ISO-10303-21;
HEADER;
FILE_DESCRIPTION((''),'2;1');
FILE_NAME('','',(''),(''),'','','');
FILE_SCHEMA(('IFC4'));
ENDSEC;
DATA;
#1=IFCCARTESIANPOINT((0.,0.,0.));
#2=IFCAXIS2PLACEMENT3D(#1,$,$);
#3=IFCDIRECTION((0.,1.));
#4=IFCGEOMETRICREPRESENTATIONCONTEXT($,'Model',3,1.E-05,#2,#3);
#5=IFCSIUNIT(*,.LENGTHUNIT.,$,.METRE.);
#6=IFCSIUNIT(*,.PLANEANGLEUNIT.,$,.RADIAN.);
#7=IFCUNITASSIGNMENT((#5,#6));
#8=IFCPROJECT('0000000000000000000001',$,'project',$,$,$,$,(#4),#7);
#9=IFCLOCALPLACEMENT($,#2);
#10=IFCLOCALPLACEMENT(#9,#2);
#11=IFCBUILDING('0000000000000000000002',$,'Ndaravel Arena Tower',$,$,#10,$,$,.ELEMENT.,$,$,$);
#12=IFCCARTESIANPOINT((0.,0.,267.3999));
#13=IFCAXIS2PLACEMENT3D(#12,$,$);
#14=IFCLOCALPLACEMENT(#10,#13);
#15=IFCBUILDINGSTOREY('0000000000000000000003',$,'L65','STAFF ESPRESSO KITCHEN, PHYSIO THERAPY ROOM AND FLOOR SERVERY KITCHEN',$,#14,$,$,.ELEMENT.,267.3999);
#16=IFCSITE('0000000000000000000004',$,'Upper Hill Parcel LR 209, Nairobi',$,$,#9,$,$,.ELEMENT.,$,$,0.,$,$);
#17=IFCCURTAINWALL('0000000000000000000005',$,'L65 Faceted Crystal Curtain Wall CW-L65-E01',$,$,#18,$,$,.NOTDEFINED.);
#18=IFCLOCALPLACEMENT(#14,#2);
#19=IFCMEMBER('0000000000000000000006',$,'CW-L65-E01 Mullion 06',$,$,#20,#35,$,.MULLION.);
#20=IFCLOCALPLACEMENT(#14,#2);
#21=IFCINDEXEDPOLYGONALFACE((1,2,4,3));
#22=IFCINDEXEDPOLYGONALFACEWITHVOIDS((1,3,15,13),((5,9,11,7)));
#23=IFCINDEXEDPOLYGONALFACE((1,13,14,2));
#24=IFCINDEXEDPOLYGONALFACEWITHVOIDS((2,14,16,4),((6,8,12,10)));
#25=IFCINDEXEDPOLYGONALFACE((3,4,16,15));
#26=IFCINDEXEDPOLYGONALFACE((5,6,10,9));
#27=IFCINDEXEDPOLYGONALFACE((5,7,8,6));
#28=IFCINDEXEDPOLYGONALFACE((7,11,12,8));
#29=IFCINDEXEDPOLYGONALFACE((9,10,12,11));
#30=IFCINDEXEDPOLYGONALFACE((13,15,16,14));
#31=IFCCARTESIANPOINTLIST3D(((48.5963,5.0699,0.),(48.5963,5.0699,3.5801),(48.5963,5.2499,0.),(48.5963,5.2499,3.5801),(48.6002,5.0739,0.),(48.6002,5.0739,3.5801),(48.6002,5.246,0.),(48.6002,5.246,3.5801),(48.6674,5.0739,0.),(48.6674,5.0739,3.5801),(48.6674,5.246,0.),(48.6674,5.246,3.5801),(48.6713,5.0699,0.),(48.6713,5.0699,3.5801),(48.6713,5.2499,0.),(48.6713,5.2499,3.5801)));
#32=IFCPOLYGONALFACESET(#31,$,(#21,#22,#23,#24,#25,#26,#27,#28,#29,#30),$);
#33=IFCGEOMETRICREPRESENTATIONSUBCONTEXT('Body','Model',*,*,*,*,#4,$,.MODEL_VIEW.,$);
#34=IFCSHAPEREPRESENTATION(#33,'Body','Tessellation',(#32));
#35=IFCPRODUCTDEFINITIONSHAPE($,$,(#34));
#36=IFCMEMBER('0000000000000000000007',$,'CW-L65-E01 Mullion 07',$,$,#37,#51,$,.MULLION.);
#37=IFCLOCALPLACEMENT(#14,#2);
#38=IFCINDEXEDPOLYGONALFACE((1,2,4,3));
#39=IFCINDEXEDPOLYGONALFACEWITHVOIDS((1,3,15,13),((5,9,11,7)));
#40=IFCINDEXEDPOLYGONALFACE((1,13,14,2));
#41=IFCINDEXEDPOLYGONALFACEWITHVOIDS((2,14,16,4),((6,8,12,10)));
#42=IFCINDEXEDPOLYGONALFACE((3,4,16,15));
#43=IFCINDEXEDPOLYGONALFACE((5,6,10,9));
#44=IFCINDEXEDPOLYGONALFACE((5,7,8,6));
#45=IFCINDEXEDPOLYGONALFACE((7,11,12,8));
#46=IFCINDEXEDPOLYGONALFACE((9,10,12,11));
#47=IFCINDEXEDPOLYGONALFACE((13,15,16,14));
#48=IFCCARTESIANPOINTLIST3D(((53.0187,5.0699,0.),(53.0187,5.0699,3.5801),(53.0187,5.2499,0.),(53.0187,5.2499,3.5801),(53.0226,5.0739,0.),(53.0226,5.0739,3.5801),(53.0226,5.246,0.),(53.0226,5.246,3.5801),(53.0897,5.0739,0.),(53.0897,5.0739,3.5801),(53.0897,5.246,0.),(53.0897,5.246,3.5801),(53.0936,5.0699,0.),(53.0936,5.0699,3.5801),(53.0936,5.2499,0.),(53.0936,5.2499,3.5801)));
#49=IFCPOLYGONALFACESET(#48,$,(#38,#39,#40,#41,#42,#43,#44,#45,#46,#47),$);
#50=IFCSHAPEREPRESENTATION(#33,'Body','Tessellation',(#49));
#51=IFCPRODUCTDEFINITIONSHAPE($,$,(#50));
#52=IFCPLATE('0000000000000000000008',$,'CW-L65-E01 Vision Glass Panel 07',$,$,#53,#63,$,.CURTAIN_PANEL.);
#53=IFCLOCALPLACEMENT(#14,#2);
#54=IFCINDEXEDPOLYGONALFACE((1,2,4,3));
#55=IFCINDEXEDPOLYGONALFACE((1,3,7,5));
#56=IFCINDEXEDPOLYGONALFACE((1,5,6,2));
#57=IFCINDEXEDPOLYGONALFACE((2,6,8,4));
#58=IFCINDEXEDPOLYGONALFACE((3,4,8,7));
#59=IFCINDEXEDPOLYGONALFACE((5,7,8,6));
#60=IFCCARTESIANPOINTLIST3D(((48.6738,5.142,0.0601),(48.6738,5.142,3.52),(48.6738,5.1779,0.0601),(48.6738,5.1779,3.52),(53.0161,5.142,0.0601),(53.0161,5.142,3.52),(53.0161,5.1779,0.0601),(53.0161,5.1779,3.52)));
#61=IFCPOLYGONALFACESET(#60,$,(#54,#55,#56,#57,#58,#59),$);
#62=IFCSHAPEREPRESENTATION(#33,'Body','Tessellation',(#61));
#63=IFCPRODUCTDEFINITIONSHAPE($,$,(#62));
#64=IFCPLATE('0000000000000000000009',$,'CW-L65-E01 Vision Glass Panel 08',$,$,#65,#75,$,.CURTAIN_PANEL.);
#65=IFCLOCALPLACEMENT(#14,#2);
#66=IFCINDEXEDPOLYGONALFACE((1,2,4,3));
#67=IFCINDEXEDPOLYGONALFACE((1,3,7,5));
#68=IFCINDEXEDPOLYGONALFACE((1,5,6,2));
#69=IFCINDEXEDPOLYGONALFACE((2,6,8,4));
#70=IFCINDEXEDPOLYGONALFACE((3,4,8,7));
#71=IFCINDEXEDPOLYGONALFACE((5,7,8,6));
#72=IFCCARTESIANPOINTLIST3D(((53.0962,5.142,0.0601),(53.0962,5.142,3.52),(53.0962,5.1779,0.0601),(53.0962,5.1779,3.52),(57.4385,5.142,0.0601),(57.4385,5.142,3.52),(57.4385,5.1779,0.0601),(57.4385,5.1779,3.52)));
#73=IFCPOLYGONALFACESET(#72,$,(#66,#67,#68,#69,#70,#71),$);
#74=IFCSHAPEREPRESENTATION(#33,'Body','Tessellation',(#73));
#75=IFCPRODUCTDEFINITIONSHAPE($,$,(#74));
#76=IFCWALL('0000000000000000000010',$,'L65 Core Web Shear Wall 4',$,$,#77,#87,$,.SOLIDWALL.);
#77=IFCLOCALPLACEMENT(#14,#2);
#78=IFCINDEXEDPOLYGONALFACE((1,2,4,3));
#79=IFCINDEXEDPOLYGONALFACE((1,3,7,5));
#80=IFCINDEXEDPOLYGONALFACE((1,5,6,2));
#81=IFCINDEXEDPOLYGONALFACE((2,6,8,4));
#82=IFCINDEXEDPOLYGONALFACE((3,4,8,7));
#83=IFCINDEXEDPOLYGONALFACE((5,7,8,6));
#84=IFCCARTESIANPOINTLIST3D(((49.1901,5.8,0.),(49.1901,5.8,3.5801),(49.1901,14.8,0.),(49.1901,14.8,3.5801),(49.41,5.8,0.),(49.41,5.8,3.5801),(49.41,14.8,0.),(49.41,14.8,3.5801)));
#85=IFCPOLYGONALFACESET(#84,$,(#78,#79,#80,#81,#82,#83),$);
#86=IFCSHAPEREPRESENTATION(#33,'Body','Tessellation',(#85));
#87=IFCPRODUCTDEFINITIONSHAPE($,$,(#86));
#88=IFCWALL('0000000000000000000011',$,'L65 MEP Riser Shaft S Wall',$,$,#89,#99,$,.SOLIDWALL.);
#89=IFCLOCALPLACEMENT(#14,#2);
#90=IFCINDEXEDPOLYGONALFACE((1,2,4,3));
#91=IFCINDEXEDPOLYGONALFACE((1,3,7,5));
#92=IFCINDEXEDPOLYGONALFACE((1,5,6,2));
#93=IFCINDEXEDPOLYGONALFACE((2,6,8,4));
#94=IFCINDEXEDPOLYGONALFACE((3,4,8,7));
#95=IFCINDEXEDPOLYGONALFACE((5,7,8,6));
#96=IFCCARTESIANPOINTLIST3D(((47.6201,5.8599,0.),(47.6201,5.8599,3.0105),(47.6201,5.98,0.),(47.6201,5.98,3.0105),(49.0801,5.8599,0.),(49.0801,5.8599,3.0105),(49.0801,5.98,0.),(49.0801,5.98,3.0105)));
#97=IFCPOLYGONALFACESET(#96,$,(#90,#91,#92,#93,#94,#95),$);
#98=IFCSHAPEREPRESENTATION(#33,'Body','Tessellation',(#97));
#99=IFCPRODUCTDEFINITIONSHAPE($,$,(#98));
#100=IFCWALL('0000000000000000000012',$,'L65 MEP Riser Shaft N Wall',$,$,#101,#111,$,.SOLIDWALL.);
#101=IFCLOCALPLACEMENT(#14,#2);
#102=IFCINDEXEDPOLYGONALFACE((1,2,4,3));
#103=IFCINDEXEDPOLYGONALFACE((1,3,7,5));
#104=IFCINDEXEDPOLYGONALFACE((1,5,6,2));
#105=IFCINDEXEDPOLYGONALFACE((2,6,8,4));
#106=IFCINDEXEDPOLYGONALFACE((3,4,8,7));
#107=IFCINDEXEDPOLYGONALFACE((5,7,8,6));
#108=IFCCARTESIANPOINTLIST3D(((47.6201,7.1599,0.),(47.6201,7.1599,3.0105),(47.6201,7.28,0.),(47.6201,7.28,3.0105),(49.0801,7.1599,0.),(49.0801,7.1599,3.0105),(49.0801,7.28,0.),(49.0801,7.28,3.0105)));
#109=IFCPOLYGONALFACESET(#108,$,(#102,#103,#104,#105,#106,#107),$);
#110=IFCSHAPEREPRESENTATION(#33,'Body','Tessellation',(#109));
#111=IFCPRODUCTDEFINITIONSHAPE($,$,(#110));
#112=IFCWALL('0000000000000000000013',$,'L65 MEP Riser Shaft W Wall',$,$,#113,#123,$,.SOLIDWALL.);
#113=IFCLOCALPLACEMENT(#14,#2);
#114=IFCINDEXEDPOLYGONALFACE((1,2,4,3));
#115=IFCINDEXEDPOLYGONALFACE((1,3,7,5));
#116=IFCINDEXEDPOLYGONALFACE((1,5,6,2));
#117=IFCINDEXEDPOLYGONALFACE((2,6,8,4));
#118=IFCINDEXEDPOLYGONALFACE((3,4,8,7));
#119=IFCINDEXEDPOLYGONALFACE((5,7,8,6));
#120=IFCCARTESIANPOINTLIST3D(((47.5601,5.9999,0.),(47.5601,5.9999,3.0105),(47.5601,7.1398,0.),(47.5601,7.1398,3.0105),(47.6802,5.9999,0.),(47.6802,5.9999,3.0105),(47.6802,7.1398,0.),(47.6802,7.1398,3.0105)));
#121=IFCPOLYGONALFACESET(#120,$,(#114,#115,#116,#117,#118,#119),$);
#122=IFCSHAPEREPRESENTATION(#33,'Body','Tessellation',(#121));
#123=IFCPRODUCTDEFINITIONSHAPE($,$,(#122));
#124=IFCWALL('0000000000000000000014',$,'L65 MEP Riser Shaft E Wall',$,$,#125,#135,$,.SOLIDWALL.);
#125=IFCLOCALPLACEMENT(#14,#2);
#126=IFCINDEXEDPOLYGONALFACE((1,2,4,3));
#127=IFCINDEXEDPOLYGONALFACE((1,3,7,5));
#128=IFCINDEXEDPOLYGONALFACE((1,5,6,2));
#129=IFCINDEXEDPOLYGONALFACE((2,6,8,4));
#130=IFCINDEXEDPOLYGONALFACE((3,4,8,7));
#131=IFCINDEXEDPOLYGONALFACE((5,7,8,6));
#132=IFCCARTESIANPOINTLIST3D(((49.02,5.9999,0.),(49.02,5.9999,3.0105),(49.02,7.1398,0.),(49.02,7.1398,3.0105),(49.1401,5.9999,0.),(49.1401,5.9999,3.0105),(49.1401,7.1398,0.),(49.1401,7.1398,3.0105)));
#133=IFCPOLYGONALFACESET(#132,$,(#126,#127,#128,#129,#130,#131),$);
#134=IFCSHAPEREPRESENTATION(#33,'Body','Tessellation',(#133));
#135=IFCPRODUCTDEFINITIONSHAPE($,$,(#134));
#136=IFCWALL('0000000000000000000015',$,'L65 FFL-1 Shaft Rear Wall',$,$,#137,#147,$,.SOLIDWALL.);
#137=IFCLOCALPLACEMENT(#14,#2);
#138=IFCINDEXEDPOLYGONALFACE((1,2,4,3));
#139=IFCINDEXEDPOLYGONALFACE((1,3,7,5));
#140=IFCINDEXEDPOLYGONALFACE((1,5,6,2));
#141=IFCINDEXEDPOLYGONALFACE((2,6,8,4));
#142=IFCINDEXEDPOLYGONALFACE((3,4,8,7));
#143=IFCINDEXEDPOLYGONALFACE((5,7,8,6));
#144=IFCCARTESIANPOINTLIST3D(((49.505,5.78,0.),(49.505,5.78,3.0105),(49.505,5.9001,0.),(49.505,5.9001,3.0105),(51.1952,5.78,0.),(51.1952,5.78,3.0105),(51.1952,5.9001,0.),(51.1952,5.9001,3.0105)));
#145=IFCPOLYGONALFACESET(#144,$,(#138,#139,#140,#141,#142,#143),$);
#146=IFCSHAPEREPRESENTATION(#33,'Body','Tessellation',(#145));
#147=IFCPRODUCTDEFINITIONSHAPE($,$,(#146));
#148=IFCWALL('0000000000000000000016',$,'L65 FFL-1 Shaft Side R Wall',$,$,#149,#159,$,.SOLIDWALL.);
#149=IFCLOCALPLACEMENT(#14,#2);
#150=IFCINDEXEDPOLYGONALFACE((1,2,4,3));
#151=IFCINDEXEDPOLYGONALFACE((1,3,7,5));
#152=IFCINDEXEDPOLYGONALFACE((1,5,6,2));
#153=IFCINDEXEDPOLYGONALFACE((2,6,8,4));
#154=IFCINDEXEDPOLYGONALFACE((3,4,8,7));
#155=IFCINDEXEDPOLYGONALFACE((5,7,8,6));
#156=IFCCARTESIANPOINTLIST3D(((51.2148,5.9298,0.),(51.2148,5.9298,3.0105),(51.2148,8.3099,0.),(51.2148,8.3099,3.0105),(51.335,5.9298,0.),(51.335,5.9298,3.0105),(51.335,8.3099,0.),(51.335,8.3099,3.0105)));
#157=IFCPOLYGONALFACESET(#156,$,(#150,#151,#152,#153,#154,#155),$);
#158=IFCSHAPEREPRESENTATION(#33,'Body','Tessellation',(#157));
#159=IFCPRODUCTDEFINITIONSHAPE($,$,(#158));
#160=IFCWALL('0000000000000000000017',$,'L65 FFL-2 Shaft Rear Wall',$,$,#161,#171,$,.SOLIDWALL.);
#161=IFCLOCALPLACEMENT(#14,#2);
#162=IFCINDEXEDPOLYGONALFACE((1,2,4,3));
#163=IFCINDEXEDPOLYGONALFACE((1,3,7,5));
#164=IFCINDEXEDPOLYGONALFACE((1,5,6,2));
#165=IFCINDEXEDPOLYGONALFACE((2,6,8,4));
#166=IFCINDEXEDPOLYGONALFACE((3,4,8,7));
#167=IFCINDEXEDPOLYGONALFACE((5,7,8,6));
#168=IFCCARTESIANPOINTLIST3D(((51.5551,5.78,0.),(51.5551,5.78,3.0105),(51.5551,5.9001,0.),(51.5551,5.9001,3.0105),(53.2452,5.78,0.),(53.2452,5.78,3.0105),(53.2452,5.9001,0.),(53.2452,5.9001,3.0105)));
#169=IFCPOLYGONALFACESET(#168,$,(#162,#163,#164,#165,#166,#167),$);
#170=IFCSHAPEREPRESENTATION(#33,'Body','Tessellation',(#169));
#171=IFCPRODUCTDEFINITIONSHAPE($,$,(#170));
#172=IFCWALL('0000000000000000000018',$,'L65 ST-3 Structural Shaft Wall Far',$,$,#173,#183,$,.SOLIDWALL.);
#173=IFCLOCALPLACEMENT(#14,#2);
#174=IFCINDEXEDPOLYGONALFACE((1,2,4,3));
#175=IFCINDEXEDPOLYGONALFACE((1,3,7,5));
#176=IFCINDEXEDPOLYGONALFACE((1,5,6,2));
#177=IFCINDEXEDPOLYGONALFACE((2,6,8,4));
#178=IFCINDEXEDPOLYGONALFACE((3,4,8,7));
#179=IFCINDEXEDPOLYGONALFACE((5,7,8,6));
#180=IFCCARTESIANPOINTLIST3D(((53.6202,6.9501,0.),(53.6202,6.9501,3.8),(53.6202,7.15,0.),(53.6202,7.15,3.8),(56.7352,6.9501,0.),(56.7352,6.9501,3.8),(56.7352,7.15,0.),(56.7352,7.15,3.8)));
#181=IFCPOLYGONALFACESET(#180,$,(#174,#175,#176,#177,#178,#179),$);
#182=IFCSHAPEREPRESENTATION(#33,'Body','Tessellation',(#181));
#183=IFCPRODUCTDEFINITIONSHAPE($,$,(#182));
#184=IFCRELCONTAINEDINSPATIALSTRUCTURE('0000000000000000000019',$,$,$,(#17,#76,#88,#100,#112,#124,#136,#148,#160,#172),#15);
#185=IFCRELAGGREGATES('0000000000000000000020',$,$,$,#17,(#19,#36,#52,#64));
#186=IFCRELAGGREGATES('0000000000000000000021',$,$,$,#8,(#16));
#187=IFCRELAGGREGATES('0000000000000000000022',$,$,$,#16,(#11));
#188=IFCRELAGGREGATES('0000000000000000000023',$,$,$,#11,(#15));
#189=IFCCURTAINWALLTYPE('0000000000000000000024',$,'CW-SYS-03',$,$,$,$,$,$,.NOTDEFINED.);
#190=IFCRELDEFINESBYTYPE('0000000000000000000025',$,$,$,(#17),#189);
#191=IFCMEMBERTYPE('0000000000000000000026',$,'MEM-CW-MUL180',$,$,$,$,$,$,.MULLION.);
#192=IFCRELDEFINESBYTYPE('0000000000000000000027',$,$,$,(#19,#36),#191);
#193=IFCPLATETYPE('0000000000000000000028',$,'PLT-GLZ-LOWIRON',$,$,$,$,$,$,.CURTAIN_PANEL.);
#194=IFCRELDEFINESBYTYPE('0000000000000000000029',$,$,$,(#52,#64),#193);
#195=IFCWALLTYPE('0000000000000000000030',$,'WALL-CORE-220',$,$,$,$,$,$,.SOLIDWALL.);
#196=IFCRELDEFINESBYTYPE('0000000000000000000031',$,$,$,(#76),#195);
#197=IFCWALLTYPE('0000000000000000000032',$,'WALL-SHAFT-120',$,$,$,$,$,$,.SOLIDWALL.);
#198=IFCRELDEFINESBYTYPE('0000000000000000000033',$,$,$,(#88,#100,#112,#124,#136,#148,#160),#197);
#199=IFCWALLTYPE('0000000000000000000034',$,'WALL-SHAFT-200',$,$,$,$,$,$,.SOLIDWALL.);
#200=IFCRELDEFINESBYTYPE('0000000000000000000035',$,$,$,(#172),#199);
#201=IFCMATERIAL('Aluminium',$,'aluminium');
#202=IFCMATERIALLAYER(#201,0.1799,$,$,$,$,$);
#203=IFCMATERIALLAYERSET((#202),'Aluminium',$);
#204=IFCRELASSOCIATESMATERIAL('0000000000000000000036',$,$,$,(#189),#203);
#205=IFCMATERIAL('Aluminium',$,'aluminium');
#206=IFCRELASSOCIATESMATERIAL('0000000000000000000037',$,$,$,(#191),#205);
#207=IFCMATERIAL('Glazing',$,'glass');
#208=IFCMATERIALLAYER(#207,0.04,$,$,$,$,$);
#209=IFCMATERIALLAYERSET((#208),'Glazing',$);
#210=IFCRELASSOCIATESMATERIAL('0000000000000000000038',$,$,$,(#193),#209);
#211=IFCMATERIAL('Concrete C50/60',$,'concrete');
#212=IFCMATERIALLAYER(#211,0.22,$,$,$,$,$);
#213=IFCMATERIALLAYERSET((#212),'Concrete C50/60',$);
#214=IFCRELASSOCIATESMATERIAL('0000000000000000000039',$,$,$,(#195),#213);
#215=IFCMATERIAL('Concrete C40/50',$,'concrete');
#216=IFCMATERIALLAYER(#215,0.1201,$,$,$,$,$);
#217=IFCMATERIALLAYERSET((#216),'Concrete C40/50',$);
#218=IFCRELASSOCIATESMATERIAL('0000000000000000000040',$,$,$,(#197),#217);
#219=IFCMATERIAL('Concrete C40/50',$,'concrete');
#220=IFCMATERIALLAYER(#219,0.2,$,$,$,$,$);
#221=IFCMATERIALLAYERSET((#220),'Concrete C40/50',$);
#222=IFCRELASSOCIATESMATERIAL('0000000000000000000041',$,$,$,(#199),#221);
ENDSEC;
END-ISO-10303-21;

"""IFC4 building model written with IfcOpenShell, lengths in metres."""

from ifc_helpers import new_model, si_unit, direction, frame, frame_2d, origin, origin_2d, place, context, subcontext, project, spatial, rectangle, hollow_rectangle, extrude, material, layer, layer_set, material_profile, profile_set, type_object, element, aggregate, save


model = new_model("IFC4")

# Units and contexts
model_context = context("Model", 3, precision=1e-05, world=origin(), true_north=direction((0.0, 1.0)))
body_context = subcontext(model_context, "Body", "Model", "MODEL_VIEW")
ifc_project = project(units=[si_unit("LENGTHUNIT", "METRE"), si_unit("PLANEANGLEUNIT", "RADIAN")], contexts=[model_context])

# Site, building, storey
site_placement = place(None, origin())
site = spatial("IfcSite", under=ifc_project, at=site_placement, Name="Upper Hill Parcel LR 209, Nairobi", CompositionType="ELEMENT", RefElevation=0.0)
building_placement = place(site_placement, origin())
building = spatial("IfcBuilding", under=site, at=building_placement, Name="Ndaravel Arena Tower", CompositionType="ELEMENT")
storey_placement = place(building_placement, frame((0.0, 0.0, 267.3999)))
storey = spatial("IfcBuildingStorey", under=building, at=storey_placement, Name="L65", Description="STAFF ESPRESSO KITCHEN, PHYSIO THERAPY ROOM AND FLOOR SERVERY KITCHEN", CompositionType="ELEMENT", Elevation=267.3999)

# Curtain wall, members, plates
ifc_material_1 = material(Name="Aluminium", Category="aluminium")
ifc_layer_1 = layer(ifc_material_1, 0.1799)
ifc_layer_set_1 = layer_set([ifc_layer_1], Name="Aluminium")
curtain_wall_type = type_object("IfcCurtainWallType", Name="CW-SYS-03", PredefinedType="NOTDEFINED", material=ifc_layer_set_1)
curtain_wall_placement = place(storey_placement, origin())
curtain_wall = element("IfcCurtainWall", 1, at=curtain_wall_placement, inside=storey, type_object=curtain_wall_type, Name="L65 Faceted Crystal Curtain Wall CW-L65-E01", PredefinedType="NOTDEFINED")
ifc_material_2 = material(Name="Aluminium", Category="aluminium")
ifc_material_profile = material_profile(ifc_material_2, hollow_rectangle(XDim=0.075, YDim=0.1799, WallThickness=0.0039, at=origin_2d()), Name="CW MULLION 75x180x4")
ifc_profile_set = profile_set([ifc_material_profile], Name="Aluminium")
member_type = type_object("IfcMemberType", Name="MEM-CW-MUL180", PredefinedType="MULLION", material=ifc_profile_set)
member_1_placement = place(storey_placement, frame((48.6338, 5.1599, 0.0), z_axis=(0.0, 0.0, 1.0), x_axis=(1.0, 0.0, 0.0)))
member_1 = element("IfcMember", 2, at=member_1_placement, type_object=member_type, Name="CW-L65-E01 Mullion 06", PredefinedType="MULLION", context=body_context, shape_type="SweptSolid", body=[
    extrude(hollow_rectangle(XDim=0.075, YDim=0.1799, WallThickness=0.0039, at=origin_2d()), origin(), (0.0, 0.0, 1.0), 3.5801),
])
member_2_placement = place(storey_placement, frame((53.0562, 5.1599, 0.0), z_axis=(0.0, 0.0, 1.0), x_axis=(1.0, 0.0, 0.0)))
member_2 = element("IfcMember", 3, at=member_2_placement, type_object=member_type, Name="CW-L65-E01 Mullion 07", PredefinedType="MULLION", context=body_context, shape_type="SweptSolid", body=[
    extrude(hollow_rectangle(XDim=0.075, YDim=0.1799, WallThickness=0.0039, at=origin_2d()), origin(), (0.0, 0.0, 1.0), 3.5801),
])
ifc_material_3 = material(Name="Glazing", Category="glass")
ifc_layer_2 = layer(ifc_material_3, 0.04)
ifc_layer_set_2 = layer_set([ifc_layer_2], Name="Glazing")
plate_type = type_object("IfcPlateType", Name="PLT-GLZ-LOWIRON", PredefinedType="CURTAIN_PANEL", material=ifc_layer_set_2)
plate_1_placement = place(storey_placement, frame((50.845, 5.1599, 0.0601), z_axis=(0.0, 0.0, 1.0), x_axis=(1.0, 0.0, 0.0)))
plate_1 = element("IfcPlate", 4, at=plate_1_placement, type_object=plate_type, Name="CW-L65-E01 Vision Glass Panel 07", PredefinedType="CURTAIN_PANEL", context=body_context, shape_type="SweptSolid", body=[
    extrude(rectangle(XDim=4.3423, YDim=0.0359, at=origin_2d()), origin(), (0.0, 0.0, 1.0), 3.46),
])
plate_2_placement = place(storey_placement, frame((55.2673, 5.1599, 0.0601), z_axis=(0.0, 0.0, 1.0), x_axis=(1.0, 0.0, 0.0)))
plate_2 = element("IfcPlate", 5, at=plate_2_placement, type_object=plate_type, Name="CW-L65-E01 Vision Glass Panel 08", PredefinedType="CURTAIN_PANEL", context=body_context, shape_type="SweptSolid", body=[
    extrude(rectangle(XDim=4.3423, YDim=0.0359, at=origin_2d()), origin(), (0.0, 0.0, 1.0), 3.46),
])
aggregate(curtain_wall, [member_1, member_2, plate_1, plate_2])

# Wall
ifc_material_4 = material(Name="Concrete C50/60", Category="concrete")
ifc_layer_3 = layer(ifc_material_4, 0.22)
ifc_layer_set_3 = layer_set([ifc_layer_3], Name="Concrete C50/60")
wall_type_1 = type_object("IfcWallType", Name="WALL-CORE-220", PredefinedType="SOLIDWALL", material=ifc_layer_set_3)
wall_1_placement = place(storey_placement, frame((49.3, 5.8, 0.0), z_axis=(0.0, 0.0, 1.0), x_axis=(0.0, 1.0, 0.0)))
element("IfcWall", 6, at=wall_1_placement, inside=storey, type_object=wall_type_1, Name="L65 Core Web Shear Wall 4", PredefinedType="SOLIDWALL", context=body_context, shape_type="SweptSolid", body=[
    extrude(rectangle(XDim=9.0, YDim=0.22, at=frame_2d((4.5, 0.0))), origin(), (0.0, 0.0, 1.0), 3.5801),
])

# Walls
ifc_material_5 = material(Name="Concrete C40/50", Category="concrete")
ifc_layer_4 = layer(ifc_material_5, 0.1201)
ifc_layer_set_4 = layer_set([ifc_layer_4], Name="Concrete C40/50")
wall_type_2 = type_object("IfcWallType", Name="WALL-SHAFT-120", PredefinedType="SOLIDWALL", material=ifc_layer_set_4)
for number, where, z_axis, x_axis, name in (
    (7, (47.6201, 5.9199, 0.0), (0.0, 0.0, 1.0), (1.0, 0.0, 0.0), "L65 MEP Riser Shaft S Wall"),
    (8, (47.6201, 7.22, 0.0), (0.0, 0.0, 1.0), (1.0, 0.0, 0.0), "L65 MEP Riser Shaft N Wall"),
):
    element("IfcWall", number, at=place(storey_placement, frame(where, z_axis=z_axis, x_axis=x_axis)), inside=storey, type_object=wall_type_2, Name=name, PredefinedType="SOLIDWALL", context=body_context, shape_type="SweptSolid", body=[
        extrude(rectangle(XDim=1.46, YDim=0.1201, at=frame_2d((0.73, 0.0))), origin(), (0.0, 0.0, 1.0), 3.0105),
    ])
for number, where, z_axis, x_axis, name in (
    (9, (47.6201, 6.0, 0.0), (0.0, 0.0, 1.0), (0.0, 1.0, 0.0), "L65 MEP Riser Shaft W Wall"),
    (10, (49.0801, 6.0, 0.0), (0.0, 0.0, 1.0), (0.0, 1.0, 0.0), "L65 MEP Riser Shaft E Wall"),
):
    element("IfcWall", number, at=place(storey_placement, frame(where, z_axis=z_axis, x_axis=x_axis)), inside=storey, type_object=wall_type_2, Name=name, PredefinedType="SOLIDWALL", context=body_context, shape_type="SweptSolid", body=[
        extrude(rectangle(XDim=1.1399, YDim=0.1201, at=frame_2d((0.5698, 0.0))), origin(), (0.0, 0.0, 1.0), 3.0105),
    ])
wall_2_placement = place(storey_placement, frame((49.5049, 5.8401, 0.0), z_axis=(0.0, 0.0, 1.0), x_axis=(1.0, 0.0, 0.0)))
element("IfcWall", 11, at=wall_2_placement, inside=storey, type_object=wall_type_2, Name="L65 FFL-1 Shaft Rear Wall", PredefinedType="SOLIDWALL", context=body_context, shape_type="SweptSolid", body=[
    extrude(rectangle(XDim=1.6902, YDim=0.1201, at=frame_2d((0.8452, 0.0))), origin(), (0.0, 0.0, 1.0), 3.0105),
])
wall_3_placement = place(storey_placement, frame((51.2749, 5.9299, 0.0), z_axis=(0.0, 0.0, 1.0), x_axis=(0.0, 1.0, 0.0)))
element("IfcWall", 12, at=wall_3_placement, inside=storey, type_object=wall_type_2, Name="L65 FFL-1 Shaft Side R Wall", PredefinedType="SOLIDWALL", context=body_context, shape_type="SweptSolid", body=[
    extrude(rectangle(XDim=2.3801, YDim=0.1201, at=frame_2d((1.1899, 0.0))), origin(), (0.0, 0.0, 1.0), 3.0105),
])
wall_4_placement = place(storey_placement, frame((51.5549, 5.8401, 0.0), z_axis=(0.0, 0.0, 1.0), x_axis=(1.0, 0.0, 0.0)))
element("IfcWall", 13, at=wall_4_placement, inside=storey, type_object=wall_type_2, Name="L65 FFL-2 Shaft Rear Wall", PredefinedType="SOLIDWALL", context=body_context, shape_type="SweptSolid", body=[
    extrude(rectangle(XDim=1.6902, YDim=0.1201, at=frame_2d((0.8452, 0.0))), origin(), (0.0, 0.0, 1.0), 3.0105),
])
ifc_material_6 = material(Name="Concrete C40/50", Category="concrete")
ifc_layer_5 = layer(ifc_material_6, 0.2)
ifc_layer_set_5 = layer_set([ifc_layer_5], Name="Concrete C40/50")
wall_type_3 = type_object("IfcWallType", Name="WALL-SHAFT-200", PredefinedType="SOLIDWALL", material=ifc_layer_set_5)
wall_5_placement = place(storey_placement, frame((53.6201, 7.05, 0.0), z_axis=(0.0, 0.0, 1.0), x_axis=(1.0, 0.0, 0.0)))
element("IfcWall", 14, at=wall_5_placement, inside=storey, type_object=wall_type_3, Name="L65 ST-3 Structural Shaft Wall Far", PredefinedType="SOLIDWALL", context=body_context, shape_type="SweptSolid", body=[
    extrude(rectangle(XDim=3.115, YDim=0.2, at=frame_2d((1.5576, 0.0))), origin(), (0.0, 0.0, 1.0), 3.8),
])

save(model, "model.ifc")
